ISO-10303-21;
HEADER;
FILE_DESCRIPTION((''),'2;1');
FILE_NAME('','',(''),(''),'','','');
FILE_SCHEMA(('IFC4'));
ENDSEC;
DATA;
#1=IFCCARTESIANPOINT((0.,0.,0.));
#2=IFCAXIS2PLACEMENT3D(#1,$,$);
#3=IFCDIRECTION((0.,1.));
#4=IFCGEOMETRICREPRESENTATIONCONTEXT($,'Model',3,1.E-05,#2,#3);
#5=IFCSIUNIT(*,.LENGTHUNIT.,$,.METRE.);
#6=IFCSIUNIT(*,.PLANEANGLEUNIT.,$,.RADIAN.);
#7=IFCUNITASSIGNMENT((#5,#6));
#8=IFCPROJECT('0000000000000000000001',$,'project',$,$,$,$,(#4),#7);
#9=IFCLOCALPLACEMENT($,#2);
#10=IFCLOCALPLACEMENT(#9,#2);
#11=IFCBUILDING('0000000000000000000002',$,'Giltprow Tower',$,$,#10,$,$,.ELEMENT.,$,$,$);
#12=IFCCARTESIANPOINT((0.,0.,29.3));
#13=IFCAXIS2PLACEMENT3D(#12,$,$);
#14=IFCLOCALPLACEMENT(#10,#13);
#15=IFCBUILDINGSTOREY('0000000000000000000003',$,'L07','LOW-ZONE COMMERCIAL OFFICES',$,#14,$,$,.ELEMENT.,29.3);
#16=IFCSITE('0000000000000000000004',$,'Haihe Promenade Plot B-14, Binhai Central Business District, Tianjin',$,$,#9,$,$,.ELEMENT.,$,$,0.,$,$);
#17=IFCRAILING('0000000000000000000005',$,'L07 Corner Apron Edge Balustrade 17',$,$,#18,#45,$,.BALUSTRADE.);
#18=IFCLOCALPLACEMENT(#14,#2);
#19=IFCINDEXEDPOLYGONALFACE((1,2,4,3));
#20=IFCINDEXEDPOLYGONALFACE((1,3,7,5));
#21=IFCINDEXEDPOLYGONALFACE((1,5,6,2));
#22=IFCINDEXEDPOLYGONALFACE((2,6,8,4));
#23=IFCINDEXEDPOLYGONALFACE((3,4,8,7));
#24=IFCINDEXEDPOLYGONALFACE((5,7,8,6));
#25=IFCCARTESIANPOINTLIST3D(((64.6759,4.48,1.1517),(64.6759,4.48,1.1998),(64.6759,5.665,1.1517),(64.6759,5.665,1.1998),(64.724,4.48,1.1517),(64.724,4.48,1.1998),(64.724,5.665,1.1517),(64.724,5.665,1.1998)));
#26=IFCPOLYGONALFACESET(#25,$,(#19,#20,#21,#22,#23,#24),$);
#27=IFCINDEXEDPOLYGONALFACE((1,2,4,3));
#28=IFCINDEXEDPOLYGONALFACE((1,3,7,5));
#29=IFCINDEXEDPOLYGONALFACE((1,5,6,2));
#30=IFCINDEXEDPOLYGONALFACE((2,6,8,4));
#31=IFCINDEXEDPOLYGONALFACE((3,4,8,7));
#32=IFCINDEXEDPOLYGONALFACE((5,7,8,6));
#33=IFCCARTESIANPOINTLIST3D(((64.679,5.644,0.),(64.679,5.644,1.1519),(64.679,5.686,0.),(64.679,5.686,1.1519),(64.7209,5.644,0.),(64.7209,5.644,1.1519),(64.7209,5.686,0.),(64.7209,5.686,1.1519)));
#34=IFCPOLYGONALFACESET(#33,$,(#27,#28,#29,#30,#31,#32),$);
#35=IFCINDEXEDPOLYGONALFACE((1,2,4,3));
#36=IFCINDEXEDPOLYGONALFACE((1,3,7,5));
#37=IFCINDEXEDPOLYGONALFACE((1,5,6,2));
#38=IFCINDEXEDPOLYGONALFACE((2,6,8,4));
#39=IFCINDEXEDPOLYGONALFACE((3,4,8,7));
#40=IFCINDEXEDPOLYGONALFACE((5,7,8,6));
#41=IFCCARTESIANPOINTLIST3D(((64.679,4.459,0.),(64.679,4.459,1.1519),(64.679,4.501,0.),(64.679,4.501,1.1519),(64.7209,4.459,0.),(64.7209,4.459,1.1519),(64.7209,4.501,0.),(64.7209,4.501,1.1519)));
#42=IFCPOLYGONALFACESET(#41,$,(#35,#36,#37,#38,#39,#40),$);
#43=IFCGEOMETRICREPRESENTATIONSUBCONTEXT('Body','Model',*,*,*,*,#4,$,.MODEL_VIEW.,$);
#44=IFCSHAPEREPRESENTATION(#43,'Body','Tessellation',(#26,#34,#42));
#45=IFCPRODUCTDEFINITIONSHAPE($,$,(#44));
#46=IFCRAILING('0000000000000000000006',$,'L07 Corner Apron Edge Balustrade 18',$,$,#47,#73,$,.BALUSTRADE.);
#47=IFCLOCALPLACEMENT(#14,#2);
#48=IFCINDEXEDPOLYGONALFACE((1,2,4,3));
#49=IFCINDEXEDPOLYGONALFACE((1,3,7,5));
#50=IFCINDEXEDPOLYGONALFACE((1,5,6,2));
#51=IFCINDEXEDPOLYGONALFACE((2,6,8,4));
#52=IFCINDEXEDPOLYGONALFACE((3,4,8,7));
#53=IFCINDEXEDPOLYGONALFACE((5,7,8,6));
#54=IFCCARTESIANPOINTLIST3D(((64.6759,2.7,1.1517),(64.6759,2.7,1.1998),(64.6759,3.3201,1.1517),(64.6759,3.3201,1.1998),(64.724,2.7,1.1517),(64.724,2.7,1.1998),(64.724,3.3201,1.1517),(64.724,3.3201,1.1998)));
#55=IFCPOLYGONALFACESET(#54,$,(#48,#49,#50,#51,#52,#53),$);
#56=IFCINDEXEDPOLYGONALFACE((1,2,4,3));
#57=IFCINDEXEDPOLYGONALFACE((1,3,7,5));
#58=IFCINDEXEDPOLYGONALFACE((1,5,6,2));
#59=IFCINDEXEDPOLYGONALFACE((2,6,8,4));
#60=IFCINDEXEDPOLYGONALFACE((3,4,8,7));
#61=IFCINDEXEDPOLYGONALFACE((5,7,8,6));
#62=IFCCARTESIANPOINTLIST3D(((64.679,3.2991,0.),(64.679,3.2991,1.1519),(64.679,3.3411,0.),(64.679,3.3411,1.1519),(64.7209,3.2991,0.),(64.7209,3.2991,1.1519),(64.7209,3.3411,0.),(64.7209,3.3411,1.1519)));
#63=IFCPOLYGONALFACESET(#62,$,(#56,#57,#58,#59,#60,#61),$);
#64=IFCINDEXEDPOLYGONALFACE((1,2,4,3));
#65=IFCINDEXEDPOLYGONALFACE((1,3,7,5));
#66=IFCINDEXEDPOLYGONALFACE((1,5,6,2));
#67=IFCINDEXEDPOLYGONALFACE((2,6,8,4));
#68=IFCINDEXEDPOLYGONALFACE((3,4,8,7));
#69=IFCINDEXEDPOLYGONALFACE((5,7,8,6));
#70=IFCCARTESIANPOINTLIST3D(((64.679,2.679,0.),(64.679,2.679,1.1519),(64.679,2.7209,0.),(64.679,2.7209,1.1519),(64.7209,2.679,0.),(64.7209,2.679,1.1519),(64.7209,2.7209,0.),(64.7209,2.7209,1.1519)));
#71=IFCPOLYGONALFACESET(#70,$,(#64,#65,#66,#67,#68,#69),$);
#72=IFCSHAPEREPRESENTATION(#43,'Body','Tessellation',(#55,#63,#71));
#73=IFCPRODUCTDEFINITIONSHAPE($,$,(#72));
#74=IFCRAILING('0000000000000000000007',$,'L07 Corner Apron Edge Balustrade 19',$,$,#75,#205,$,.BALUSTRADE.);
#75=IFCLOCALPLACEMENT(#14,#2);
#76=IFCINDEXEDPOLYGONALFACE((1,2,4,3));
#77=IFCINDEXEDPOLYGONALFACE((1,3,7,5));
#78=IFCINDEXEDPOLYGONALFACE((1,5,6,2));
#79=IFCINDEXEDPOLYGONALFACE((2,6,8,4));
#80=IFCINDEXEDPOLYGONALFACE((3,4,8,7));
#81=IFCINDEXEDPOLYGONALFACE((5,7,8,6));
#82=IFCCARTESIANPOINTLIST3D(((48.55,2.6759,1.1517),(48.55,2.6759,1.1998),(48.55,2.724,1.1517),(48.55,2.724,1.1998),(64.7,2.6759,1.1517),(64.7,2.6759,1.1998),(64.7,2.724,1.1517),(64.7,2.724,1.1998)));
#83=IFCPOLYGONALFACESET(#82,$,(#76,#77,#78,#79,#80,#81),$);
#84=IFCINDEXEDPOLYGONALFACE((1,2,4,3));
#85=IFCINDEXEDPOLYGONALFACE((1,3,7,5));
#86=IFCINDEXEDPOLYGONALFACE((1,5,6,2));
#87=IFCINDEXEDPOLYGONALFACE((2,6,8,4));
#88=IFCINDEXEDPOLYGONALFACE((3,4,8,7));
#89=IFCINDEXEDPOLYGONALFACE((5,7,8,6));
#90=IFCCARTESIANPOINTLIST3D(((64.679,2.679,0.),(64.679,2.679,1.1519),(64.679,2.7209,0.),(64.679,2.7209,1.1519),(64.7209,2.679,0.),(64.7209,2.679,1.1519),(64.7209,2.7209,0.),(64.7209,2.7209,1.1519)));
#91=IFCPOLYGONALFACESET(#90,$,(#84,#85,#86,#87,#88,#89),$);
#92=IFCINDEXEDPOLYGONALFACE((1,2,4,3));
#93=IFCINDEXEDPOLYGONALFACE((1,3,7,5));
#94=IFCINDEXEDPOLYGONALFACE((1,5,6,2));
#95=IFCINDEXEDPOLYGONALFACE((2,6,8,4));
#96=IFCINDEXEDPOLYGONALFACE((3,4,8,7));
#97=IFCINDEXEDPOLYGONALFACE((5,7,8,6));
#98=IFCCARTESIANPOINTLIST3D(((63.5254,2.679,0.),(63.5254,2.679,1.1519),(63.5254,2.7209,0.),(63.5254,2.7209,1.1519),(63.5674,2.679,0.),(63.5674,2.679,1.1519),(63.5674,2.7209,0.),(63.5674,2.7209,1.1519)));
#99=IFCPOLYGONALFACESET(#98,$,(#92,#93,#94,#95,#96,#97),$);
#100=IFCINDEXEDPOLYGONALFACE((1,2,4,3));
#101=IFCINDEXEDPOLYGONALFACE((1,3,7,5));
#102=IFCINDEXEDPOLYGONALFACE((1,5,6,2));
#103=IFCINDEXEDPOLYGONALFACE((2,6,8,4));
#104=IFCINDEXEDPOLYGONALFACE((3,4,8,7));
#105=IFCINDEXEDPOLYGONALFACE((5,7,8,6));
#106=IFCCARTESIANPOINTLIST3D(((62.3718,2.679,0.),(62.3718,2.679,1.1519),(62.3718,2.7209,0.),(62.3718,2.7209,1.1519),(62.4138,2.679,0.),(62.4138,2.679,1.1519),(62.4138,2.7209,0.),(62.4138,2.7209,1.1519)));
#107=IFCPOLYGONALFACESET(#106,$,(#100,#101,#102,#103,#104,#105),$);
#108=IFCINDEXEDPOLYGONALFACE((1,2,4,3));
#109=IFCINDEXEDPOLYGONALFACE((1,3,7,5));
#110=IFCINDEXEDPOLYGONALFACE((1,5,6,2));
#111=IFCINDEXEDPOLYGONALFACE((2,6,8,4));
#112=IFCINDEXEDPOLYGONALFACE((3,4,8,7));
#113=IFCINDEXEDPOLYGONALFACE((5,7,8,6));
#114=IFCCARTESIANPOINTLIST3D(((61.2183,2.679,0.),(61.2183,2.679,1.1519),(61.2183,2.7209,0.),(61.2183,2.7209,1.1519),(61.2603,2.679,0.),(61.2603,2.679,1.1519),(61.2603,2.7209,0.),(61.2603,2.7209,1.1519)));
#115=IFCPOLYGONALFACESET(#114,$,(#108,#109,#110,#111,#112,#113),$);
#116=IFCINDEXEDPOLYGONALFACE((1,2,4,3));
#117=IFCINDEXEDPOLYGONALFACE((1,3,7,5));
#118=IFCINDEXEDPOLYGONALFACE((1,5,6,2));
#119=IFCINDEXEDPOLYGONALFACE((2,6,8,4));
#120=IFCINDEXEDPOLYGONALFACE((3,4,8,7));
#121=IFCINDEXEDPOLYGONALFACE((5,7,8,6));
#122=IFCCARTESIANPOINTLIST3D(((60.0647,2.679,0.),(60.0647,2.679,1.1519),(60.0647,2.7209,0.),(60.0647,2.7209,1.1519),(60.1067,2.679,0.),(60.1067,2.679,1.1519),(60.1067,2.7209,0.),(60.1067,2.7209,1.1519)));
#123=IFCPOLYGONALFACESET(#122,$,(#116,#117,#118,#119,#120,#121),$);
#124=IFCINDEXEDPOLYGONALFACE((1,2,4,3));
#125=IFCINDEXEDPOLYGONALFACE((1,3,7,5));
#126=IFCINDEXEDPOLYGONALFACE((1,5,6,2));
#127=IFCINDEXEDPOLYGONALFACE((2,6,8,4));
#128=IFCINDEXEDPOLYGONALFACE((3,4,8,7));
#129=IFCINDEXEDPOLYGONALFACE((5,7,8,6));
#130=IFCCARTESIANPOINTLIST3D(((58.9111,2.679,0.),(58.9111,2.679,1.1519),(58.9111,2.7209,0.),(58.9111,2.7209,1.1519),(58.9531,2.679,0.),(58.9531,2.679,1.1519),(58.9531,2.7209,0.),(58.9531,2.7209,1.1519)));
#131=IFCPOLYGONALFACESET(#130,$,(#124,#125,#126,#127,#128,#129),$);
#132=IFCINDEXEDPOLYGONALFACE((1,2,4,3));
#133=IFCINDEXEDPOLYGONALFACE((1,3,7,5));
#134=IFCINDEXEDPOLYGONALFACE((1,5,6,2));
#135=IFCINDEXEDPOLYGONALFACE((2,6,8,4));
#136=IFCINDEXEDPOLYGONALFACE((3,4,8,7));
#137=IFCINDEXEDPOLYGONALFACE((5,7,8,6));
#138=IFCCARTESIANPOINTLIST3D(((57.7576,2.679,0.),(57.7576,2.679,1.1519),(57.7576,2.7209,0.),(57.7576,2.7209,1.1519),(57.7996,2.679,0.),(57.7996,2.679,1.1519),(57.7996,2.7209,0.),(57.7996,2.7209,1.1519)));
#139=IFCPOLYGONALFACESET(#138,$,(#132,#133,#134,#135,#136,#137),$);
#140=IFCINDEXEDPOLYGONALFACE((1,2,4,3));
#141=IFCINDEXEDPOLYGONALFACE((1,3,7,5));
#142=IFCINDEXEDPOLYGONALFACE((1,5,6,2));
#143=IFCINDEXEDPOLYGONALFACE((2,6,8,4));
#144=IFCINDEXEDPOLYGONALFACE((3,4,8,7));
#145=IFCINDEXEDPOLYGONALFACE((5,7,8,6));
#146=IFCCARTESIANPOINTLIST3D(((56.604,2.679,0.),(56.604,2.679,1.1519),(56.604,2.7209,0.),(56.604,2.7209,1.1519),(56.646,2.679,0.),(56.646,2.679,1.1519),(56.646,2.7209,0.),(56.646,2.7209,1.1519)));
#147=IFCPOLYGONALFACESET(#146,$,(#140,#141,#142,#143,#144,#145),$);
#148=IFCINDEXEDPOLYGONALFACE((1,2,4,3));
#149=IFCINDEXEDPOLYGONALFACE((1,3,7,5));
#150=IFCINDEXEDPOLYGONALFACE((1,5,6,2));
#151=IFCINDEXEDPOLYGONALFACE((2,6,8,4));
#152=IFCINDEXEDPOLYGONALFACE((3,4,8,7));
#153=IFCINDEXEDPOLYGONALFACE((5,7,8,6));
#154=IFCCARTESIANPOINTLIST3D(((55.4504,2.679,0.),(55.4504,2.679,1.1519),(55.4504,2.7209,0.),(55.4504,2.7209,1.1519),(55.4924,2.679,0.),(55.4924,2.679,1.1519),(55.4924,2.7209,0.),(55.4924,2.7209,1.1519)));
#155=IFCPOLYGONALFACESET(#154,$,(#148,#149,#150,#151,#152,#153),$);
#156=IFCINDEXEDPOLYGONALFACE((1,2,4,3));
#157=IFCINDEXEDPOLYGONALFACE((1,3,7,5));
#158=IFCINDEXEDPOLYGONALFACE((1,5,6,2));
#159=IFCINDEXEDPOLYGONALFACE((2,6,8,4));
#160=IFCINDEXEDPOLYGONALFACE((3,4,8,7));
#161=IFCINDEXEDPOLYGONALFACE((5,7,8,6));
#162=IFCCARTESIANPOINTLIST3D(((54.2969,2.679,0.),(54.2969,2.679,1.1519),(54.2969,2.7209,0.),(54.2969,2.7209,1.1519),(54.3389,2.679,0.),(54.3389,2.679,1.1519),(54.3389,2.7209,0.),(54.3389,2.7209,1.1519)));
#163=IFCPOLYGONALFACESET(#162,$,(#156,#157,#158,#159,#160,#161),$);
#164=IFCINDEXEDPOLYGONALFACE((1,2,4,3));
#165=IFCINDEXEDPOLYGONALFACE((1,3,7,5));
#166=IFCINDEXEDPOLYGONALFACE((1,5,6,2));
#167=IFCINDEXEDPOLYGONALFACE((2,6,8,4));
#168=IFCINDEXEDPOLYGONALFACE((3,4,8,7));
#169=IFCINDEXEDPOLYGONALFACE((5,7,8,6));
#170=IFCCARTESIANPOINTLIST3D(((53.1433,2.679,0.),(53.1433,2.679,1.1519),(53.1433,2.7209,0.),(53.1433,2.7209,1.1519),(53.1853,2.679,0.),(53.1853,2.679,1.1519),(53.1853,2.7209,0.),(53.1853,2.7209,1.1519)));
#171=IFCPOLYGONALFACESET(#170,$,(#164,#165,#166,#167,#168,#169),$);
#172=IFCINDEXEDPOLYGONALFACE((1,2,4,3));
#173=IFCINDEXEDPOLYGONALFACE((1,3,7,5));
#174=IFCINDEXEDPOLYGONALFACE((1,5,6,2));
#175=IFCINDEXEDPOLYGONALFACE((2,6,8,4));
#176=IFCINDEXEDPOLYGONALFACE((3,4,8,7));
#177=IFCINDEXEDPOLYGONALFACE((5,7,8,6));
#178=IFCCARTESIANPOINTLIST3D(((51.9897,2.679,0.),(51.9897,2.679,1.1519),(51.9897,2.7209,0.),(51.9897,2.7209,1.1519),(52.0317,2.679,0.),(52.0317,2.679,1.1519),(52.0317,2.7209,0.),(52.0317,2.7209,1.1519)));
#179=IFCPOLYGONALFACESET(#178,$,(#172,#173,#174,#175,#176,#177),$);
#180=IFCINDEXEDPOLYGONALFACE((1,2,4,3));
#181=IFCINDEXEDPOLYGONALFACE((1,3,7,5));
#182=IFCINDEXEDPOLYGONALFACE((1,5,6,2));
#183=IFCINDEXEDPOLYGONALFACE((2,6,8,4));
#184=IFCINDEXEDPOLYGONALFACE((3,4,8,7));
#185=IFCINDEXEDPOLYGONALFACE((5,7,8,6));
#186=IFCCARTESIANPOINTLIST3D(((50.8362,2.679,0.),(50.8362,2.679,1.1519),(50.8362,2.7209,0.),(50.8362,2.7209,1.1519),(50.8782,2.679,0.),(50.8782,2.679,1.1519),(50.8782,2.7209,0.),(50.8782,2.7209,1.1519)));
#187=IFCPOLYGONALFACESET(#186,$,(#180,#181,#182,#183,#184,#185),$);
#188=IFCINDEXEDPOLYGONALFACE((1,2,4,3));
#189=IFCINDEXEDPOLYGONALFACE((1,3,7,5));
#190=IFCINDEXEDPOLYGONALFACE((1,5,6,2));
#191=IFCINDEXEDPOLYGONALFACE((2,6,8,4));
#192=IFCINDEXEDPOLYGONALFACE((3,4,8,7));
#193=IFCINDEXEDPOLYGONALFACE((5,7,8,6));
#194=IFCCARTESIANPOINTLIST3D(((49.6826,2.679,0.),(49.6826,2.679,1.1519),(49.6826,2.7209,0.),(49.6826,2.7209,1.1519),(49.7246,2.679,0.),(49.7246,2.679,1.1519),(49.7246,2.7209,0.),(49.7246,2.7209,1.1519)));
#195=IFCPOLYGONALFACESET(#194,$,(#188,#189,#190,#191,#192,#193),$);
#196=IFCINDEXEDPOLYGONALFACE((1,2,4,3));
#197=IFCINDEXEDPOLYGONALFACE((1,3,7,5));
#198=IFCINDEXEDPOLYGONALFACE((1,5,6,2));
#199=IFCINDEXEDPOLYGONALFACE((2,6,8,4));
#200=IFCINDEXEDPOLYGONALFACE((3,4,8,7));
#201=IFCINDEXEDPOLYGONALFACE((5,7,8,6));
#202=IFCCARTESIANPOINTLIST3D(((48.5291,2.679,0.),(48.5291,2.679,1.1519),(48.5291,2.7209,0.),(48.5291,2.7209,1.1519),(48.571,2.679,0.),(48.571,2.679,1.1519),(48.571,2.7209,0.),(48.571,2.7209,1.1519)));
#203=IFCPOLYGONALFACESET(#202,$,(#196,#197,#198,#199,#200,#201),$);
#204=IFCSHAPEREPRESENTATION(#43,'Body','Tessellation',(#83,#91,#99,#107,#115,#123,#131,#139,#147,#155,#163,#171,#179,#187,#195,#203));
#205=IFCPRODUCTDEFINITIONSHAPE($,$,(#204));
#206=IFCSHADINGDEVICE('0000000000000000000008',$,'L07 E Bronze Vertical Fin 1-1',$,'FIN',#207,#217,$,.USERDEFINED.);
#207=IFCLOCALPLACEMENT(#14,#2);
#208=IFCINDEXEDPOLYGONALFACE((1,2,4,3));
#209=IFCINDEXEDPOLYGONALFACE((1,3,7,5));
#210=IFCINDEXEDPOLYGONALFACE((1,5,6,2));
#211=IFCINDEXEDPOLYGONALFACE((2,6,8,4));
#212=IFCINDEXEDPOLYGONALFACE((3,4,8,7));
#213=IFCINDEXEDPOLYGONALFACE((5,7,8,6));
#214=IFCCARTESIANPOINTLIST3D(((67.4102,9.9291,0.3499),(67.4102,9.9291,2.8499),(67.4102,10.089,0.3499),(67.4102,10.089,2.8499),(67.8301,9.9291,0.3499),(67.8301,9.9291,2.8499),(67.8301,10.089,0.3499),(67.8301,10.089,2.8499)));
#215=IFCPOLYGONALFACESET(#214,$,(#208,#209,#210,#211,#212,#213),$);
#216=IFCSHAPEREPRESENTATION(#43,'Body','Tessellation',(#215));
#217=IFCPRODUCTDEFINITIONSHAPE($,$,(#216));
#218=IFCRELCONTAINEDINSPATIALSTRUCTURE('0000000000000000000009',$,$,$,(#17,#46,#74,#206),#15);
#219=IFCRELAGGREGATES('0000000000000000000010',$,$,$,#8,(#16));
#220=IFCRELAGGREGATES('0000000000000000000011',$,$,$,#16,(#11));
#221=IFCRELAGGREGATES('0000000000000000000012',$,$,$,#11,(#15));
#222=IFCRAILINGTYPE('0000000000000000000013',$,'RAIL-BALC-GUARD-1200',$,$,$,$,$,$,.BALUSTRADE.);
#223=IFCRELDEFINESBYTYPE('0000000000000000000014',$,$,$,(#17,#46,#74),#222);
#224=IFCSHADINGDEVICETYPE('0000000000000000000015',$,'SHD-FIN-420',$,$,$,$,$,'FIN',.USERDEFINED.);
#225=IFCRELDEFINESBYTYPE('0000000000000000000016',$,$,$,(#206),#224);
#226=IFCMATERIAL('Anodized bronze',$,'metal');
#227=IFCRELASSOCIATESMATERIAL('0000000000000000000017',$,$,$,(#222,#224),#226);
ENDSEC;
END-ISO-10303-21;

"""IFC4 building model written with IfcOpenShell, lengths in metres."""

from ifc_helpers import new_model, si_unit, direction, frame, origin, origin_2d, place, context, subcontext, project, spatial, rectangle, extrude, source, transform, mapped, material, type_object, element, save


model = new_model("IFC4")

# Units and contexts
model_context = context("Model", 3, precision=1e-05, world=origin(), true_north=direction((0.0, 1.0)))
body_context = subcontext(model_context, "Body", "Model", "MODEL_VIEW")
ifc_project = project(units=[si_unit("LENGTHUNIT", "METRE"), si_unit("PLANEANGLEUNIT", "RADIAN")], contexts=[model_context])

# Site, building, storey
site_placement = place(None, origin())
site = spatial("IfcSite", under=ifc_project, at=site_placement, Name="Haihe Promenade Plot B-14, Binhai Central Business District, Tianjin", CompositionType="ELEMENT", RefElevation=0.0)
building_placement = place(site_placement, origin())
building = spatial("IfcBuilding", under=site, at=building_placement, Name="Giltprow Tower", CompositionType="ELEMENT")
storey_placement = place(building_placement, frame((0.0, 0.0, 29.3)))
storey = spatial("IfcBuildingStorey", under=building, at=storey_placement, Name="L07", Description="LOW-ZONE COMMERCIAL OFFICES", CompositionType="ELEMENT", Elevation=29.3)

# Shared definitions
ifc_material_1 = material(Name="Anodized bronze", Category="metal")

# Railings
railing_type = type_object("IfcRailingType", Name="RAIL-BALC-GUARD-1200", PredefinedType="BALUSTRADE", material=ifc_material_1)
railing_1_placement = place(storey_placement, frame((64.7, 5.665, 0.0)))
element("IfcRailing", 1, at=railing_1_placement, inside=storey, type_object=railing_type, Name="L07 Corner Apron Edge Balustrade 17", PredefinedType="BALUSTRADE", context=body_context, shape_type="SweptSolid", body=[
    extrude(rectangle(XDim=0.0481, YDim=0.0481, at=origin_2d()), frame((0.0, 0.0, 1.1758), z_axis=(0.0, -1.0, 0.0), x_axis=(1.0, 0.0, 0.0)), (0.0, 0.0, 1.0), 1.1851),
    extrude(rectangle(XDim=0.042, YDim=0.042, at=origin_2d()), origin(), (0.0, 0.0, 1.0), 1.1519),
    extrude(rectangle(XDim=0.042, YDim=0.042, at=origin_2d()), frame((0.0, -1.1851, 0.0)), (0.0, 0.0, 1.0), 1.1519),
])
railing_2_placement = place(storey_placement, frame((64.7, 3.3201, 0.0)))
element("IfcRailing", 2, at=railing_2_placement, inside=storey, type_object=railing_type, Name="L07 Corner Apron Edge Balustrade 18", PredefinedType="BALUSTRADE", context=body_context, shape_type="SweptSolid", body=[
    extrude(rectangle(XDim=0.0481, YDim=0.0481, at=origin_2d()), frame((0.0, 0.0, 1.1758), z_axis=(0.0, -1.0, 0.0), x_axis=(1.0, 0.0, 0.0)), (0.0, 0.0, 1.0), 0.6201),
    extrude(rectangle(XDim=0.042, YDim=0.042, at=origin_2d()), origin(), (0.0, 0.0, 1.0), 1.1519),
    extrude(rectangle(XDim=0.042, YDim=0.042, at=origin_2d()), frame((0.0, -0.6201, 0.0)), (0.0, 0.0, 1.0), 1.1519),
])
railing_3_placement = place(storey_placement, frame((64.7, 2.7, 0.0)))
element("IfcRailing", 3, at=railing_3_placement, inside=storey, type_object=railing_type, Name="L07 Corner Apron Edge Balustrade 19", PredefinedType="BALUSTRADE", context=body_context, shape_type="SweptSolid", body=[
    extrude(rectangle(XDim=0.0481, YDim=0.0481, at=origin_2d()), frame((0.0, 0.0, 1.1758), z_axis=(-1.0, 0.0, 0.0), x_axis=(0.0, -1.0, 0.0)), (0.0, 0.0, 1.0), 16.1499),
    extrude(rectangle(XDim=0.042, YDim=0.042, at=origin_2d()), origin(), (0.0, 0.0, 1.0), 1.1519),
    extrude(rectangle(XDim=0.042, YDim=0.042, at=origin_2d()), frame((-1.1536, 0.0, 0.0)), (0.0, 0.0, 1.0), 1.1519),
    extrude(rectangle(XDim=0.042, YDim=0.042, at=origin_2d()), frame((-2.3071, 0.0, 0.0)), (0.0, 0.0, 1.0), 1.1519),
    extrude(rectangle(XDim=0.042, YDim=0.042, at=origin_2d()), frame((-3.4607, 0.0, 0.0)), (0.0, 0.0, 1.0), 1.1519),
    extrude(rectangle(XDim=0.042, YDim=0.042, at=origin_2d()), frame((-4.6143, 0.0, 0.0)), (0.0, 0.0, 1.0), 1.1519),
    extrude(rectangle(XDim=0.042, YDim=0.042, at=origin_2d()), frame((-5.7678, 0.0, 0.0)), (0.0, 0.0, 1.0), 1.1519),
    extrude(rectangle(XDim=0.042, YDim=0.042, at=origin_2d()), frame((-6.9214, 0.0, 0.0)), (0.0, 0.0, 1.0), 1.1519),
    extrude(rectangle(XDim=0.042, YDim=0.042, at=origin_2d()), frame((-8.075, 0.0, 0.0)), (0.0, 0.0, 1.0), 1.1519),
    extrude(rectangle(XDim=0.042, YDim=0.042, at=origin_2d()), frame((-9.2285, 0.0, 0.0)), (0.0, 0.0, 1.0), 1.1519),
    extrude(rectangle(XDim=0.042, YDim=0.042, at=origin_2d()), frame((-10.3821, 0.0, 0.0)), (0.0, 0.0, 1.0), 1.1519),
    extrude(rectangle(XDim=0.042, YDim=0.042, at=origin_2d()), frame((-11.5356, 0.0, 0.0)), (0.0, 0.0, 1.0), 1.1519),
    extrude(rectangle(XDim=0.042, YDim=0.042, at=origin_2d()), frame((-12.6892, 0.0, 0.0)), (0.0, 0.0, 1.0), 1.1519),
    extrude(rectangle(XDim=0.042, YDim=0.042, at=origin_2d()), frame((-13.8428, 0.0, 0.0)), (0.0, 0.0, 1.0), 1.1519),
    extrude(rectangle(XDim=0.042, YDim=0.042, at=origin_2d()), frame((-14.9963, 0.0, 0.0)), (0.0, 0.0, 1.0), 1.1519),
    extrude(rectangle(XDim=0.042, YDim=0.042, at=origin_2d()), frame((-16.1499, 0.0, 0.0)), (0.0, 0.0, 1.0), 1.1519),
])

# Shading device
shading_device_type = type_object("IfcShadingDeviceType", Name="SHD-FIN-420", ElementType="FIN", PredefinedType="USERDEFINED", material=ifc_material_1)
shared_shape_1 = source(origin(), body_context, "Body", "SweptSolid", [
    extrude(rectangle(XDim=0.4199, YDim=0.1599, at=origin_2d()), origin(), (0.0, 0.0, 1.0), 2.5),
])
shading_device_placement = place(storey_placement, frame((67.6201, 10.009, 0.3499), z_axis=(0.0, 0.0, 1.0), x_axis=(1.0, 0.0, 0.0)))
element("IfcShadingDevice", 4, at=shading_device_placement, inside=storey, type_object=shading_device_type, Name="L07 E Bronze Vertical Fin 1-1", ObjectType="FIN", PredefinedType="USERDEFINED", context=body_context, shape_type="MappedRepresentation", body=[
    mapped(shared_shape_1, transform((0.0, 0.0, 0.0), x_axis=(1.0, 0.0, 0.0), y_axis=(0.0, 1.0, 0.0), z_axis=(0.0, 0.0, 1.0), scale=1.0)),
])

save(model, "model.ifc")
